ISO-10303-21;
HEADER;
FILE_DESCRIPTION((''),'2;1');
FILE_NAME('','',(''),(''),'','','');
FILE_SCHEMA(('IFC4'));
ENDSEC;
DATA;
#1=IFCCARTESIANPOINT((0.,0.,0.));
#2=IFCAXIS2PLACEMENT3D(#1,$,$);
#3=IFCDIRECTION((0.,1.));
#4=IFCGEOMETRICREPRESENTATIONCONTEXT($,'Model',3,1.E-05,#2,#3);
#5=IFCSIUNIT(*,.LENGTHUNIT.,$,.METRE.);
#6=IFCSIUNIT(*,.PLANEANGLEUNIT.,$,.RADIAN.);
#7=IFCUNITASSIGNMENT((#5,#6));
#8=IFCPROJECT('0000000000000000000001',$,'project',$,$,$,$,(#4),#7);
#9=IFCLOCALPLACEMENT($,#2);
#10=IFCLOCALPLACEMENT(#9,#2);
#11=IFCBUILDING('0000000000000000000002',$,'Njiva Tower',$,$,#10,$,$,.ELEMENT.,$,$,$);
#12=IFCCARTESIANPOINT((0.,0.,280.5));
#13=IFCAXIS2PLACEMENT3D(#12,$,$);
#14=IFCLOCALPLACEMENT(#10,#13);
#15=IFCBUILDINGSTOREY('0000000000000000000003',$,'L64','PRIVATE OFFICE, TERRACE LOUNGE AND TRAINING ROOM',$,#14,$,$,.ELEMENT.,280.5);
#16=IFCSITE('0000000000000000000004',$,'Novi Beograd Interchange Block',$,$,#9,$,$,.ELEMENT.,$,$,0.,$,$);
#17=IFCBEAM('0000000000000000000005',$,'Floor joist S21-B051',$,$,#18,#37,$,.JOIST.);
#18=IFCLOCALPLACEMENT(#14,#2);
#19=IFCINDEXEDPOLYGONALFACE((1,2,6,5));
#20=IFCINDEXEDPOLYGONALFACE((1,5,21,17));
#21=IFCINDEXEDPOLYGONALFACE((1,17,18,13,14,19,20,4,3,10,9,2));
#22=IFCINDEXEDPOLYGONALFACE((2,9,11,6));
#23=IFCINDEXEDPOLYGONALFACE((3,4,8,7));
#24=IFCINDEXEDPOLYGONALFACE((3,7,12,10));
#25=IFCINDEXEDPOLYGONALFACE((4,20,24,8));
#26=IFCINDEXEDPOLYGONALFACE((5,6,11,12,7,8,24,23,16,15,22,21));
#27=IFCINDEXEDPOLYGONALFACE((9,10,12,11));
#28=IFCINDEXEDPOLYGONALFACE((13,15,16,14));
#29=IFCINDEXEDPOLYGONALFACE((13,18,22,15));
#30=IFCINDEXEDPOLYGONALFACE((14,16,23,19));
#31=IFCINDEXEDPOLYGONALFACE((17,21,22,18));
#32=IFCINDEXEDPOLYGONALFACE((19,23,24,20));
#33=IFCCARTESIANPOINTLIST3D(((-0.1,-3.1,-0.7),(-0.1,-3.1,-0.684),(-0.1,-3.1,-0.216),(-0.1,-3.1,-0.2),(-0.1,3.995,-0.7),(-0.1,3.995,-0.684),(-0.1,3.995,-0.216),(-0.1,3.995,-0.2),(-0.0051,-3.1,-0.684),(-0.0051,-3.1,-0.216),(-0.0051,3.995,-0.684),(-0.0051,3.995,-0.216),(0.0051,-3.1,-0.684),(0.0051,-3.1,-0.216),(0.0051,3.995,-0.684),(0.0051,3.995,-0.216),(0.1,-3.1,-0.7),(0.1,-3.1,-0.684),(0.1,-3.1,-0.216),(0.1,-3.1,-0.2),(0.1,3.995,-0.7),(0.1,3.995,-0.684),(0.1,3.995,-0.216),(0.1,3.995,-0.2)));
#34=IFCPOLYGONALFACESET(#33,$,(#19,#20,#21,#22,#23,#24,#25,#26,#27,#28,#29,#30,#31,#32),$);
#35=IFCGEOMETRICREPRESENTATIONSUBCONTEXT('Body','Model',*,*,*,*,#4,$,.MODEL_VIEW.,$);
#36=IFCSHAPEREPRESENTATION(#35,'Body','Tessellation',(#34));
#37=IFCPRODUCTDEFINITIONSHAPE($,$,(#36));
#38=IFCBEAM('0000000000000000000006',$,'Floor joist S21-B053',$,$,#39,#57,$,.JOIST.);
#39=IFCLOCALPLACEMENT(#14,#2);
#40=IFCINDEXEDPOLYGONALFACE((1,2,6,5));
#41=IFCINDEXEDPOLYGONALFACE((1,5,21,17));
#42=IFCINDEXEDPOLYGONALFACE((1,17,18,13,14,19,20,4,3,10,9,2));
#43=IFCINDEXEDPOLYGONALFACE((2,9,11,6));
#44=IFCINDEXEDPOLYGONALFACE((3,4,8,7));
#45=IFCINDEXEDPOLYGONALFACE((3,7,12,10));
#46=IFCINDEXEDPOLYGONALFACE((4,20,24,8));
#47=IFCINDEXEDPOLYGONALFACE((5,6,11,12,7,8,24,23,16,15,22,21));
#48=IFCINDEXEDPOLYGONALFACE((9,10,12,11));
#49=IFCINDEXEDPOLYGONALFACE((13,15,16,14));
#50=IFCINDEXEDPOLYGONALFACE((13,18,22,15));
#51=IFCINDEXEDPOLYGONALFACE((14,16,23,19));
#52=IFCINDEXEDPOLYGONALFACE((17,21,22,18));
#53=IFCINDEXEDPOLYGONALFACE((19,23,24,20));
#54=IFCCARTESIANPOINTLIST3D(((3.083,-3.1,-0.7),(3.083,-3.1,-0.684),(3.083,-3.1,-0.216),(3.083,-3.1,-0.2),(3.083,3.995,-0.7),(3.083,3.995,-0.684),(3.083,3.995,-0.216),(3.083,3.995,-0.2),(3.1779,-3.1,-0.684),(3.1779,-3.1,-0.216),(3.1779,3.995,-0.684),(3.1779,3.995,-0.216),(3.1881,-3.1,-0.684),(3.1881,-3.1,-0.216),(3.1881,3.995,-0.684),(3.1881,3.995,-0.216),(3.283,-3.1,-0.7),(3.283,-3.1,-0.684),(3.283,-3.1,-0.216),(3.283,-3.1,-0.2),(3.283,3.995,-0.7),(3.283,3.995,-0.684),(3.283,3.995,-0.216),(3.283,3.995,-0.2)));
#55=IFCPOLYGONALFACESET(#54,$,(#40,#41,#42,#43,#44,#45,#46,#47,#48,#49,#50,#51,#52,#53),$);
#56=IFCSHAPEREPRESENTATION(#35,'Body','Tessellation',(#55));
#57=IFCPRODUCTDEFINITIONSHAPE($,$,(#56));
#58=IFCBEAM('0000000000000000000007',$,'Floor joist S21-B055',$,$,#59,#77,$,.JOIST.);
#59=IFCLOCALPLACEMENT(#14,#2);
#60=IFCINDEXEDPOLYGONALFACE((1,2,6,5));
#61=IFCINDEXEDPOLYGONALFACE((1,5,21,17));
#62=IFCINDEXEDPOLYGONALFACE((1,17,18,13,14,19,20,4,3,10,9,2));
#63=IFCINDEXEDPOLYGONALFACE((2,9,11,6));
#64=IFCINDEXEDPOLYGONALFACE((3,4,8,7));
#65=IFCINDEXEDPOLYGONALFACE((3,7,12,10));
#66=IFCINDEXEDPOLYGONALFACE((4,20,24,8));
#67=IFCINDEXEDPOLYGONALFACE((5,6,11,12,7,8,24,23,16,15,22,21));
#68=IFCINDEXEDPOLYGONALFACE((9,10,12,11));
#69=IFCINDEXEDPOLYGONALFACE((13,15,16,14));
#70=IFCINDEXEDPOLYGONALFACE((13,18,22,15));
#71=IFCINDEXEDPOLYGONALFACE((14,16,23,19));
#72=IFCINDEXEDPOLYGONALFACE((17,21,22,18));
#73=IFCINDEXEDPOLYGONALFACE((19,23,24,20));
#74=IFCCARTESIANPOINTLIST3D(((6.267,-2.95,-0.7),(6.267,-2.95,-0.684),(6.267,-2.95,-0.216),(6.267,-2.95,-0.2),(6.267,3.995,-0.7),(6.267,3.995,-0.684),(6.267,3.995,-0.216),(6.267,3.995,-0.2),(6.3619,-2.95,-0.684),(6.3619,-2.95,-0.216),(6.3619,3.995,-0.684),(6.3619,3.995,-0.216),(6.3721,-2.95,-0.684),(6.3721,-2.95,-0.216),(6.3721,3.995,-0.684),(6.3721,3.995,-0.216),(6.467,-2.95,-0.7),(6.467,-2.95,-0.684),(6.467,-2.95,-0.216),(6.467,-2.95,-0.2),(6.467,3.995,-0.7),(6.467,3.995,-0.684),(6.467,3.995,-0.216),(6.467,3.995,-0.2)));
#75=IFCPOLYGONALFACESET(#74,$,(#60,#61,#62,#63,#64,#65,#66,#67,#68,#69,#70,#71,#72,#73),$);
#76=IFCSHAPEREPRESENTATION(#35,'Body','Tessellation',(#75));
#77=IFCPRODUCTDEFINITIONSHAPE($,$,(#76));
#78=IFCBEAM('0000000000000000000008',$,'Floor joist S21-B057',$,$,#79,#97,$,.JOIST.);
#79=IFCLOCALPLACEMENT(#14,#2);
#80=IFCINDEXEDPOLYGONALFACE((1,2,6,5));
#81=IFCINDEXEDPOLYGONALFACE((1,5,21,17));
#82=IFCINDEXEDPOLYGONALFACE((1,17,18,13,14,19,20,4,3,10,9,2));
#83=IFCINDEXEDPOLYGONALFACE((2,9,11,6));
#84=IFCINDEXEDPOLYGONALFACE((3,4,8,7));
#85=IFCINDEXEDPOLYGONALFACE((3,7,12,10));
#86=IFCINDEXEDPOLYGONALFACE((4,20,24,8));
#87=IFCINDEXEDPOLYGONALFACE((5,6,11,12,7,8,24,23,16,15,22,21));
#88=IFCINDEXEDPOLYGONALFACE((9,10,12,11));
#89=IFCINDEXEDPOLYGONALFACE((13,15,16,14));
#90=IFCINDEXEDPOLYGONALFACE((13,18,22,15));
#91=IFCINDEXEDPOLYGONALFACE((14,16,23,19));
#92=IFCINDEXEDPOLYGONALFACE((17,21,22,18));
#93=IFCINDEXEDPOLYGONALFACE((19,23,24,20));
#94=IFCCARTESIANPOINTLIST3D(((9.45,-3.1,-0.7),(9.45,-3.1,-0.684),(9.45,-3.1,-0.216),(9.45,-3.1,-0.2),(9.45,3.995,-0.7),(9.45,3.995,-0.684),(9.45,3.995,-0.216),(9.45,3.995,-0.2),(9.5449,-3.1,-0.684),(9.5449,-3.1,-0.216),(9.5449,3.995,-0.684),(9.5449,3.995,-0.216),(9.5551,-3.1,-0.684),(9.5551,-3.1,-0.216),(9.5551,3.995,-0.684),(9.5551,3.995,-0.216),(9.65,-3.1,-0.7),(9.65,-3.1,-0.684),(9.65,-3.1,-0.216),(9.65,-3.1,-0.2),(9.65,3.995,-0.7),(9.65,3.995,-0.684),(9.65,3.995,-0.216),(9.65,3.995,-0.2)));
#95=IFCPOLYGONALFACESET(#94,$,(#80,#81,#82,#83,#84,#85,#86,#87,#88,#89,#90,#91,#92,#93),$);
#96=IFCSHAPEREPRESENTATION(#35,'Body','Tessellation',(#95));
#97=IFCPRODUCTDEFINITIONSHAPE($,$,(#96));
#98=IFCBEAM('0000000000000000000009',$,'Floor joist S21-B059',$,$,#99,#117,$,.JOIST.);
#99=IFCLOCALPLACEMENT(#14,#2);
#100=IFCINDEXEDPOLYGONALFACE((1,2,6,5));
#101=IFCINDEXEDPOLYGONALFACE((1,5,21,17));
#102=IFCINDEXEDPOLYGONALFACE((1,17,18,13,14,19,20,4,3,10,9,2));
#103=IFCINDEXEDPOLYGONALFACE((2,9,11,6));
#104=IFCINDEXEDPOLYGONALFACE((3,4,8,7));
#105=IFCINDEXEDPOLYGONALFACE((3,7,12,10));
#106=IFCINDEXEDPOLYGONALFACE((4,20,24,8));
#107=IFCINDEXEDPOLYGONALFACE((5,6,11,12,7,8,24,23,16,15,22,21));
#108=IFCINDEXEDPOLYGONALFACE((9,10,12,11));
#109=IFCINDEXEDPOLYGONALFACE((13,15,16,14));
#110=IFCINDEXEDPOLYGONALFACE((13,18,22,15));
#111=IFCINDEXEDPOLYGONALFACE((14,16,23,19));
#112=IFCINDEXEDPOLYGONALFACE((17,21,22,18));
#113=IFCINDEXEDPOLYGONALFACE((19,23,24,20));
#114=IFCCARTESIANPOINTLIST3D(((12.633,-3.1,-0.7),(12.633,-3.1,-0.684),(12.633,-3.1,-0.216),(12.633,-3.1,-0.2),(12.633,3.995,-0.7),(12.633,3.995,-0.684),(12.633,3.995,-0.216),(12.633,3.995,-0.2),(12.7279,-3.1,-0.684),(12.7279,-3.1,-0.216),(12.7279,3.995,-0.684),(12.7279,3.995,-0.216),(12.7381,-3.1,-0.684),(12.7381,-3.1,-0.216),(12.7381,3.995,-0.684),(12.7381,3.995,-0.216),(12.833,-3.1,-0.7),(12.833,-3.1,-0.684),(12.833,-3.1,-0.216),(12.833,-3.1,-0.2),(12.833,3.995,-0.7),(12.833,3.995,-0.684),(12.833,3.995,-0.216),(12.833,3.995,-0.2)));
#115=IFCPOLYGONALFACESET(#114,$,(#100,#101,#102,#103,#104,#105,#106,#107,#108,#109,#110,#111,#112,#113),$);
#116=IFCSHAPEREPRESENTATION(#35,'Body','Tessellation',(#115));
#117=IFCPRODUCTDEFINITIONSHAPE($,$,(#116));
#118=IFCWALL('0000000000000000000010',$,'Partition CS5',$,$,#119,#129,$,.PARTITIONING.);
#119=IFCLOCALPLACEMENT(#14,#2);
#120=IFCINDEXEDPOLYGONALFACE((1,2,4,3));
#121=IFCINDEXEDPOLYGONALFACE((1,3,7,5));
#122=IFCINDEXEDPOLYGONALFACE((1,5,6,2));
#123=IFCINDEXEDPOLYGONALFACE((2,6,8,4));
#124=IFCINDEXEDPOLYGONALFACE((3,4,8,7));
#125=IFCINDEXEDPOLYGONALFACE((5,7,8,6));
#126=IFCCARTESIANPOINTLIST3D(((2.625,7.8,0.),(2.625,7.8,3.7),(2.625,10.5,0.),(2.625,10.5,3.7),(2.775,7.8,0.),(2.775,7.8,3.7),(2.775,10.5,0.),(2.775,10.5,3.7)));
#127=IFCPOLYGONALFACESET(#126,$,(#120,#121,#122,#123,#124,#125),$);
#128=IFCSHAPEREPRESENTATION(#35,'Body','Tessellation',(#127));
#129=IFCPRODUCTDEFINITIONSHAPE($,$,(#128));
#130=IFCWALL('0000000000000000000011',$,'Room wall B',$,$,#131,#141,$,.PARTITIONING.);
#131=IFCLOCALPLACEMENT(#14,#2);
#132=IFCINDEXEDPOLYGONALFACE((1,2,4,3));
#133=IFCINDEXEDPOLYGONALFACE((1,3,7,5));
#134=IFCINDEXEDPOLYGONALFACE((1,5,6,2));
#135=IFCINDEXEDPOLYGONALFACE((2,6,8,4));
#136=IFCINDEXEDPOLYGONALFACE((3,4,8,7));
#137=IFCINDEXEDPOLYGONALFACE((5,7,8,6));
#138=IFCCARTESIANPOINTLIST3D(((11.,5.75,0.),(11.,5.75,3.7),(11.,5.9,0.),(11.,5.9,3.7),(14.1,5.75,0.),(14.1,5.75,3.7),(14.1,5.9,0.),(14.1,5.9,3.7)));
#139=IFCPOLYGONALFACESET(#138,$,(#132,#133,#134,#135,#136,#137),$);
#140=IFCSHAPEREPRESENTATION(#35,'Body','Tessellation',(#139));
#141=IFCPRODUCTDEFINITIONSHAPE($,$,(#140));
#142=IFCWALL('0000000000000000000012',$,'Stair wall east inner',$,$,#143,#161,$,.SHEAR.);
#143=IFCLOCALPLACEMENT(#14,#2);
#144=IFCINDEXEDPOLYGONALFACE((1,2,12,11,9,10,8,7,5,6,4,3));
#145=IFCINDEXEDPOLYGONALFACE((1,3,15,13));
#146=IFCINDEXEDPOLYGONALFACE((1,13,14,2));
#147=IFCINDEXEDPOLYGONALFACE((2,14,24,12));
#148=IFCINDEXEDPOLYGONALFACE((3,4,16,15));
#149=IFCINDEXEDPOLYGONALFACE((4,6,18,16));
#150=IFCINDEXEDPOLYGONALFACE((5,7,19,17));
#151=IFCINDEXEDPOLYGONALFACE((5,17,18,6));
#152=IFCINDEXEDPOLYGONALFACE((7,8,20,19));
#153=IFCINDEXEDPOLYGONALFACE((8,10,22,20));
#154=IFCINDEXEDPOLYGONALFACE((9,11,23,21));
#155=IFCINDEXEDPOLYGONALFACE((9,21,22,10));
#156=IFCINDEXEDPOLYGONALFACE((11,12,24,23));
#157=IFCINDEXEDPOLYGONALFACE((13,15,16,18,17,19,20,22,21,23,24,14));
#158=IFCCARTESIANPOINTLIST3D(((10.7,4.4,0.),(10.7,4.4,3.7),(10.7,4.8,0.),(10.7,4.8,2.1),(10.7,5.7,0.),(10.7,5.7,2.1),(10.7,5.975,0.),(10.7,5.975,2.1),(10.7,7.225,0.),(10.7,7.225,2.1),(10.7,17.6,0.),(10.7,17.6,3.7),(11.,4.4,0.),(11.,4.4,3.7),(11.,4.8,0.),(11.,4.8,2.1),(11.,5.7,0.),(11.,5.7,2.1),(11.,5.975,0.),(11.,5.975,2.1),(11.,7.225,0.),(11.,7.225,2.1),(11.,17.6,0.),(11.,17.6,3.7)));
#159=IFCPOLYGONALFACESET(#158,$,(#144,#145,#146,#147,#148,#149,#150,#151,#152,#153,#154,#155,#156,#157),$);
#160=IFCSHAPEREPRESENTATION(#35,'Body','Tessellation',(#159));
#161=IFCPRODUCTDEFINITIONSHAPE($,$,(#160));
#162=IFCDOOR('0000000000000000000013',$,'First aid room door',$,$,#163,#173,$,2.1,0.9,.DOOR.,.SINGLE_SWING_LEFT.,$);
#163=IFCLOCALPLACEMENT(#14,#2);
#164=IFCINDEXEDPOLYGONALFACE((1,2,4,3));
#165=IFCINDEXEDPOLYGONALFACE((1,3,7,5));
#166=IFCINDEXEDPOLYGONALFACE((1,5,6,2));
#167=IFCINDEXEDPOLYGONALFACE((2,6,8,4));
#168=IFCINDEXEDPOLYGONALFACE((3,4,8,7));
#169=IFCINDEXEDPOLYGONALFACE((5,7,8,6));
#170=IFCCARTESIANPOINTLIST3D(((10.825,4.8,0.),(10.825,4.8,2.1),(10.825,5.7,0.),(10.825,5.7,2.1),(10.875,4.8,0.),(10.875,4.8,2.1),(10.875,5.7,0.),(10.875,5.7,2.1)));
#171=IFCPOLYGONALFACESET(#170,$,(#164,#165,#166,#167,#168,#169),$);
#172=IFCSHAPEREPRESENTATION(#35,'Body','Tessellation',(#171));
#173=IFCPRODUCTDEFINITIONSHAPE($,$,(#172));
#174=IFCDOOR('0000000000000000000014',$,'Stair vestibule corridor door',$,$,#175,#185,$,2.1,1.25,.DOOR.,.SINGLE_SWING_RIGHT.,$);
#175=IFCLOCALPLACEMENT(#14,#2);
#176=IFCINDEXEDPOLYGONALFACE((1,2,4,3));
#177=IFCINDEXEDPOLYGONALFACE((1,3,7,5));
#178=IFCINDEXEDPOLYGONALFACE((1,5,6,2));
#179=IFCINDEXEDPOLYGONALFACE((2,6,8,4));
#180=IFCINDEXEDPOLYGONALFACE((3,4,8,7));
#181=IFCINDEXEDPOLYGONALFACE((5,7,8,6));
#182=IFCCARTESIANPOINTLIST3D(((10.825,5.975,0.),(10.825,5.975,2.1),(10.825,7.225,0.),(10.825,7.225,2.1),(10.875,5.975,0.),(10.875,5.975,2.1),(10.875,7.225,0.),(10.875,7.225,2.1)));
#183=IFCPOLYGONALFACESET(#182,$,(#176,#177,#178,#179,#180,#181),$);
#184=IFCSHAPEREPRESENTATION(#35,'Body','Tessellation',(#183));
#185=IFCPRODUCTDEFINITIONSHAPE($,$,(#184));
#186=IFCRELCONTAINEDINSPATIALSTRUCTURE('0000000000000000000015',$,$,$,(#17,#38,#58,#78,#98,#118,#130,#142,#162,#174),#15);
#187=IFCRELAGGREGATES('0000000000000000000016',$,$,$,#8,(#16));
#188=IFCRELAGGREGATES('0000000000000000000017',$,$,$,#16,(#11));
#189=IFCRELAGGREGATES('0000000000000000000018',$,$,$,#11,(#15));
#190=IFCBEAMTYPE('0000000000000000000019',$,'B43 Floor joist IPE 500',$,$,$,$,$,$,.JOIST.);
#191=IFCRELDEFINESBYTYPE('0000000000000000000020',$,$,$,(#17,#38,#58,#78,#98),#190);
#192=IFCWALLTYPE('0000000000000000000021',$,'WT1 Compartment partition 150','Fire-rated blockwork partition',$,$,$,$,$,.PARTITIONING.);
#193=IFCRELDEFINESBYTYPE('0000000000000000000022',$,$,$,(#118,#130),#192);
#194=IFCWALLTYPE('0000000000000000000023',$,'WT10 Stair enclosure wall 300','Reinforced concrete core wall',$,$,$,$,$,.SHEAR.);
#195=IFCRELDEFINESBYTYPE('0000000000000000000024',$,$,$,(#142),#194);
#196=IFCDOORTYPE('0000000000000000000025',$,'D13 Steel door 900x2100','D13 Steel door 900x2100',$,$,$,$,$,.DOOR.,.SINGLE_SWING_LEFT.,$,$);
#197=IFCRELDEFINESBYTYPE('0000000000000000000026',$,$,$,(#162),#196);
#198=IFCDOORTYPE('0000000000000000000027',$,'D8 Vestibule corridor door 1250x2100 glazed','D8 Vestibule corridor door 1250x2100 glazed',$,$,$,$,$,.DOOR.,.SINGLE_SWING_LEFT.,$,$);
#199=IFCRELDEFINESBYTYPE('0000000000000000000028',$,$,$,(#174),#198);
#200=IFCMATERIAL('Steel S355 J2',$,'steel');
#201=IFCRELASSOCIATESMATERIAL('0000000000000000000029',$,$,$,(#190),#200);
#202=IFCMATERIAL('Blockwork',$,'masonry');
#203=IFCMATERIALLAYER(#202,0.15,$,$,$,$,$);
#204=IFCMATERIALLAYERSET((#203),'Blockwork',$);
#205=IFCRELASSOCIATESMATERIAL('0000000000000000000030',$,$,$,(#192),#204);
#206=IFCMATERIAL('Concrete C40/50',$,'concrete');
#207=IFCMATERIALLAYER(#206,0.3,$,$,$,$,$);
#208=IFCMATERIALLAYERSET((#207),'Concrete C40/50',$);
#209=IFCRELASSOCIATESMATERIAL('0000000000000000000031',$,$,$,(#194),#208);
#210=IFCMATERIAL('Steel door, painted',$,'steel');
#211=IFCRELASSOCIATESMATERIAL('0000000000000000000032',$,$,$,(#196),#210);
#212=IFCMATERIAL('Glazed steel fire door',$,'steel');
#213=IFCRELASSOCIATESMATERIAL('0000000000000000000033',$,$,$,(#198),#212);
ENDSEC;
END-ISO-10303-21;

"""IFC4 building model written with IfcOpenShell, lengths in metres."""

from ifc_helpers import new_model, si_unit, direction, frame, frame_2d, origin, origin_2d, place, context, subcontext, project, spatial, rectangle, i_section, extrude, material, layer, layer_set, material_profile, profile_set, type_object, element, fill, save


model = new_model("IFC4")

# Units and contexts
model_context = context("Model", 3, precision=1e-05, world=origin(), true_north=direction((0.0, 1.0)))
body_context = subcontext(model_context, "Body", "Model", "MODEL_VIEW")
ifc_project = project(units=[si_unit("LENGTHUNIT", "METRE"), si_unit("PLANEANGLEUNIT", "RADIAN")], contexts=[model_context])

# Site, building, storey
site_placement = place(None, origin())
site = spatial("IfcSite", under=ifc_project, at=site_placement, Name="Novi Beograd Interchange Block", CompositionType="ELEMENT", RefElevation=0.0)
building_placement = place(site_placement, origin())
building = spatial("IfcBuilding", under=site, at=building_placement, Name="Njiva Tower", CompositionType="ELEMENT")
storey_placement = place(building_placement, frame((0.0, 0.0, 280.5)))
storey = spatial("IfcBuildingStorey", under=building, at=storey_placement, Name="L64", Description="PRIVATE OFFICE, TERRACE LOUNGE AND TRAINING ROOM", CompositionType="ELEMENT", Elevation=280.5)

# Beams
ifc_material_1 = material(Name="Steel S355 J2", Category="steel")
ifc_material_profile = material_profile(ifc_material_1, i_section(OverallWidth=0.2, OverallDepth=0.5, WebThickness=0.0102, FlangeThickness=0.016, at=origin_2d()), Name="IPE 500")
ifc_profile_set = profile_set([ifc_material_profile], Name="Steel S355 J2")
beam_type = type_object("IfcBeamType", Name="B43 Floor joist IPE 500", PredefinedType="JOIST", material=ifc_profile_set)
for number, where, z_axis, x_axis, name in (
    (1, (0.0, 3.995, -0.45), (0.0, -1.0, 0.0), (1.0, 0.0, 0.0), "Floor joist S21-B051"),
    (2, (3.183, 3.995, -0.45), (0.0, -1.0, 0.0), (1.0, 0.0, 0.0), "Floor joist S21-B053"),
):
    element("IfcBeam", number, at=place(storey_placement, frame(where, z_axis=z_axis, x_axis=x_axis)), inside=storey, type_object=beam_type, Name=name, PredefinedType="JOIST", context=body_context, shape_type="SweptSolid", body=[
        extrude(i_section(OverallWidth=0.2, OverallDepth=0.5, WebThickness=0.0102, FlangeThickness=0.016, at=origin_2d()), origin(), (0.0, 0.0, 1.0), 7.095),
    ])
beam_placement = place(storey_placement, frame((6.367, 3.995, -0.45), z_axis=(0.0, -1.0, 0.0), x_axis=(1.0, 0.0, 0.0)))
element("IfcBeam", 3, at=beam_placement, inside=storey, type_object=beam_type, Name="Floor joist S21-B055", PredefinedType="JOIST", context=body_context, shape_type="SweptSolid", body=[
    extrude(i_section(OverallWidth=0.2, OverallDepth=0.5, WebThickness=0.0102, FlangeThickness=0.016, at=origin_2d()), origin(), (0.0, 0.0, 1.0), 6.945),
])
for number, where, z_axis, x_axis, name in (
    (4, (9.55, 3.995, -0.45), (0.0, -1.0, 0.0), (1.0, 0.0, 0.0), "Floor joist S21-B057"),
    (5, (12.733, 3.995, -0.45), (0.0, -1.0, 0.0), (1.0, 0.0, 0.0), "Floor joist S21-B059"),
):
    element("IfcBeam", number, at=place(storey_placement, frame(where, z_axis=z_axis, x_axis=x_axis)), inside=storey, type_object=beam_type, Name=name, PredefinedType="JOIST", context=body_context, shape_type="SweptSolid", body=[
        extrude(i_section(OverallWidth=0.2, OverallDepth=0.5, WebThickness=0.0102, FlangeThickness=0.016, at=origin_2d()), origin(), (0.0, 0.0, 1.0), 7.095),
    ])

# Walls
ifc_material_2 = material(Name="Blockwork", Category="masonry")
ifc_layer_1 = layer(ifc_material_2, 0.15)
ifc_layer_set_1 = layer_set([ifc_layer_1], Name="Blockwork")
wall_type_1 = type_object("IfcWallType", Name="WT1 Compartment partition 150", Description="Fire-rated blockwork partition", PredefinedType="PARTITIONING", material=ifc_layer_set_1)
wall_1_placement = place(storey_placement, frame((2.7, 7.8, 0.0), z_axis=(0.0, 0.0, 1.0), x_axis=(0.0, 1.0, 0.0)))
element("IfcWall", 6, at=wall_1_placement, inside=storey, type_object=wall_type_1, Name="Partition CS5", PredefinedType="PARTITIONING", context=body_context, shape_type="SweptSolid", body=[
    extrude(rectangle(XDim=2.7, YDim=0.15, at=frame_2d((1.35, 0.0))), origin(), (0.0, 0.0, 1.0), 3.7),
])
wall_2_placement = place(storey_placement, frame((11.0, 5.825, 0.0), z_axis=(0.0, 0.0, 1.0), x_axis=(1.0, 0.0, 0.0)))
element("IfcWall", 7, at=wall_2_placement, inside=storey, type_object=wall_type_1, Name="Room wall B", PredefinedType="PARTITIONING", context=body_context, shape_type="SweptSolid", body=[
    extrude(rectangle(XDim=3.1, YDim=0.15, at=frame_2d((1.55, 0.0))), origin(), (0.0, 0.0, 1.0), 3.7),
])

# Wall, openings, doors
ifc_material_3 = material(Name="Concrete C40/50", Category="concrete")
ifc_layer_2 = layer(ifc_material_3, 0.3)
ifc_layer_set_2 = layer_set([ifc_layer_2], Name="Concrete C40/50")
wall_type_2 = type_object("IfcWallType", Name="WT10 Stair enclosure wall 300", Description="Reinforced concrete core wall", PredefinedType="SHEAR", material=ifc_layer_set_2)
wall_3_placement = place(storey_placement, frame((10.85, 4.4, 0.0), z_axis=(0.0, 0.0, 1.0), x_axis=(0.0, 1.0, 0.0)))
wall_3 = element("IfcWall", 8, at=wall_3_placement, inside=storey, type_object=wall_type_2, Name="Stair wall east inner", PredefinedType="SHEAR", context=body_context, shape_type="SweptSolid", body=[
    extrude(rectangle(XDim=13.2, YDim=0.3, at=frame_2d((6.6, 0.0))), origin(), (0.0, 0.0, 1.0), 3.7),
])
opening_1_placement = place(wall_3_placement, frame((1.575, 0.0, 0.0)))
opening_1 = element("IfcOpeningElement", 9, at=opening_1_placement, cuts=wall_3, PredefinedType="OPENING", context=body_context, shape_type="SweptSolid", body=[
    extrude(rectangle(XDim=1.25, YDim=2.1, at=frame_2d((0.625, 1.05))), frame((0.0, 0.16, 0.0), z_axis=(0.0, -1.0, 0.0), x_axis=(1.0, 0.0, 0.0)), (0.0, 0.0, 1.0), 0.32),
])
opening_2_placement = place(wall_3_placement, frame((0.4, 0.0, 0.0)))
opening_2 = element("IfcOpeningElement", 10, at=opening_2_placement, cuts=wall_3, PredefinedType="OPENING", context=body_context, shape_type="SweptSolid", body=[
    extrude(rectangle(XDim=0.9, YDim=2.1, at=frame_2d((0.45, 1.05))), frame((0.0, 0.16, 0.0), z_axis=(0.0, -1.0, 0.0), x_axis=(1.0, 0.0, 0.0)), (0.0, 0.0, 1.0), 0.32),
])
ifc_material_4 = material(Name="Steel door, painted", Category="steel")
door_type_1 = type_object("IfcDoorType", Name="D13 Steel door 900x2100", Description="D13 Steel door 900x2100", OperationType="SINGLE_SWING_LEFT", PredefinedType="DOOR", material=ifc_material_4)
door_1_placement = place(opening_2_placement, origin())
door_1 = element("IfcDoor", 11, at=door_1_placement, inside=storey, type_object=door_type_1, Name="First aid room door", OperationType="SINGLE_SWING_LEFT", OverallHeight=2.1, OverallWidth=0.9, PredefinedType="DOOR", context=body_context, shape_type="SweptSolid", body=[
    extrude(rectangle(XDim=0.9, YDim=2.1, at=frame_2d((0.45, 1.05))), frame((0.0, 0.025, 0.0), z_axis=(0.0, -1.0, 0.0), x_axis=(1.0, 0.0, 0.0)), (0.0, 0.0, 1.0), 0.05),
])
fill(opening_2, door_1)
ifc_material_5 = material(Name="Glazed steel fire door", Category="steel")
door_type_2 = type_object("IfcDoorType", Name="D8 Vestibule corridor door 1250x2100 glazed", Description="D8 Vestibule corridor door 1250x2100 glazed", OperationType="SINGLE_SWING_LEFT", PredefinedType="DOOR", material=ifc_material_5)
door_2_placement = place(opening_1_placement, origin())
door_2 = element("IfcDoor", 12, at=door_2_placement, inside=storey, type_object=door_type_2, Name="Stair vestibule corridor door", OperationType="SINGLE_SWING_RIGHT", OverallHeight=2.1, OverallWidth=1.25, PredefinedType="DOOR", context=body_context, shape_type="SweptSolid", body=[
    extrude(rectangle(XDim=1.25, YDim=2.1, at=frame_2d((0.625, 1.05))), frame((0.0, 0.025, 0.0), z_axis=(0.0, -1.0, 0.0), x_axis=(1.0, 0.0, 0.0)), (0.0, 0.0, 1.0), 0.05),
])
fill(opening_1, door_2)

save(model, "model.ifc")
